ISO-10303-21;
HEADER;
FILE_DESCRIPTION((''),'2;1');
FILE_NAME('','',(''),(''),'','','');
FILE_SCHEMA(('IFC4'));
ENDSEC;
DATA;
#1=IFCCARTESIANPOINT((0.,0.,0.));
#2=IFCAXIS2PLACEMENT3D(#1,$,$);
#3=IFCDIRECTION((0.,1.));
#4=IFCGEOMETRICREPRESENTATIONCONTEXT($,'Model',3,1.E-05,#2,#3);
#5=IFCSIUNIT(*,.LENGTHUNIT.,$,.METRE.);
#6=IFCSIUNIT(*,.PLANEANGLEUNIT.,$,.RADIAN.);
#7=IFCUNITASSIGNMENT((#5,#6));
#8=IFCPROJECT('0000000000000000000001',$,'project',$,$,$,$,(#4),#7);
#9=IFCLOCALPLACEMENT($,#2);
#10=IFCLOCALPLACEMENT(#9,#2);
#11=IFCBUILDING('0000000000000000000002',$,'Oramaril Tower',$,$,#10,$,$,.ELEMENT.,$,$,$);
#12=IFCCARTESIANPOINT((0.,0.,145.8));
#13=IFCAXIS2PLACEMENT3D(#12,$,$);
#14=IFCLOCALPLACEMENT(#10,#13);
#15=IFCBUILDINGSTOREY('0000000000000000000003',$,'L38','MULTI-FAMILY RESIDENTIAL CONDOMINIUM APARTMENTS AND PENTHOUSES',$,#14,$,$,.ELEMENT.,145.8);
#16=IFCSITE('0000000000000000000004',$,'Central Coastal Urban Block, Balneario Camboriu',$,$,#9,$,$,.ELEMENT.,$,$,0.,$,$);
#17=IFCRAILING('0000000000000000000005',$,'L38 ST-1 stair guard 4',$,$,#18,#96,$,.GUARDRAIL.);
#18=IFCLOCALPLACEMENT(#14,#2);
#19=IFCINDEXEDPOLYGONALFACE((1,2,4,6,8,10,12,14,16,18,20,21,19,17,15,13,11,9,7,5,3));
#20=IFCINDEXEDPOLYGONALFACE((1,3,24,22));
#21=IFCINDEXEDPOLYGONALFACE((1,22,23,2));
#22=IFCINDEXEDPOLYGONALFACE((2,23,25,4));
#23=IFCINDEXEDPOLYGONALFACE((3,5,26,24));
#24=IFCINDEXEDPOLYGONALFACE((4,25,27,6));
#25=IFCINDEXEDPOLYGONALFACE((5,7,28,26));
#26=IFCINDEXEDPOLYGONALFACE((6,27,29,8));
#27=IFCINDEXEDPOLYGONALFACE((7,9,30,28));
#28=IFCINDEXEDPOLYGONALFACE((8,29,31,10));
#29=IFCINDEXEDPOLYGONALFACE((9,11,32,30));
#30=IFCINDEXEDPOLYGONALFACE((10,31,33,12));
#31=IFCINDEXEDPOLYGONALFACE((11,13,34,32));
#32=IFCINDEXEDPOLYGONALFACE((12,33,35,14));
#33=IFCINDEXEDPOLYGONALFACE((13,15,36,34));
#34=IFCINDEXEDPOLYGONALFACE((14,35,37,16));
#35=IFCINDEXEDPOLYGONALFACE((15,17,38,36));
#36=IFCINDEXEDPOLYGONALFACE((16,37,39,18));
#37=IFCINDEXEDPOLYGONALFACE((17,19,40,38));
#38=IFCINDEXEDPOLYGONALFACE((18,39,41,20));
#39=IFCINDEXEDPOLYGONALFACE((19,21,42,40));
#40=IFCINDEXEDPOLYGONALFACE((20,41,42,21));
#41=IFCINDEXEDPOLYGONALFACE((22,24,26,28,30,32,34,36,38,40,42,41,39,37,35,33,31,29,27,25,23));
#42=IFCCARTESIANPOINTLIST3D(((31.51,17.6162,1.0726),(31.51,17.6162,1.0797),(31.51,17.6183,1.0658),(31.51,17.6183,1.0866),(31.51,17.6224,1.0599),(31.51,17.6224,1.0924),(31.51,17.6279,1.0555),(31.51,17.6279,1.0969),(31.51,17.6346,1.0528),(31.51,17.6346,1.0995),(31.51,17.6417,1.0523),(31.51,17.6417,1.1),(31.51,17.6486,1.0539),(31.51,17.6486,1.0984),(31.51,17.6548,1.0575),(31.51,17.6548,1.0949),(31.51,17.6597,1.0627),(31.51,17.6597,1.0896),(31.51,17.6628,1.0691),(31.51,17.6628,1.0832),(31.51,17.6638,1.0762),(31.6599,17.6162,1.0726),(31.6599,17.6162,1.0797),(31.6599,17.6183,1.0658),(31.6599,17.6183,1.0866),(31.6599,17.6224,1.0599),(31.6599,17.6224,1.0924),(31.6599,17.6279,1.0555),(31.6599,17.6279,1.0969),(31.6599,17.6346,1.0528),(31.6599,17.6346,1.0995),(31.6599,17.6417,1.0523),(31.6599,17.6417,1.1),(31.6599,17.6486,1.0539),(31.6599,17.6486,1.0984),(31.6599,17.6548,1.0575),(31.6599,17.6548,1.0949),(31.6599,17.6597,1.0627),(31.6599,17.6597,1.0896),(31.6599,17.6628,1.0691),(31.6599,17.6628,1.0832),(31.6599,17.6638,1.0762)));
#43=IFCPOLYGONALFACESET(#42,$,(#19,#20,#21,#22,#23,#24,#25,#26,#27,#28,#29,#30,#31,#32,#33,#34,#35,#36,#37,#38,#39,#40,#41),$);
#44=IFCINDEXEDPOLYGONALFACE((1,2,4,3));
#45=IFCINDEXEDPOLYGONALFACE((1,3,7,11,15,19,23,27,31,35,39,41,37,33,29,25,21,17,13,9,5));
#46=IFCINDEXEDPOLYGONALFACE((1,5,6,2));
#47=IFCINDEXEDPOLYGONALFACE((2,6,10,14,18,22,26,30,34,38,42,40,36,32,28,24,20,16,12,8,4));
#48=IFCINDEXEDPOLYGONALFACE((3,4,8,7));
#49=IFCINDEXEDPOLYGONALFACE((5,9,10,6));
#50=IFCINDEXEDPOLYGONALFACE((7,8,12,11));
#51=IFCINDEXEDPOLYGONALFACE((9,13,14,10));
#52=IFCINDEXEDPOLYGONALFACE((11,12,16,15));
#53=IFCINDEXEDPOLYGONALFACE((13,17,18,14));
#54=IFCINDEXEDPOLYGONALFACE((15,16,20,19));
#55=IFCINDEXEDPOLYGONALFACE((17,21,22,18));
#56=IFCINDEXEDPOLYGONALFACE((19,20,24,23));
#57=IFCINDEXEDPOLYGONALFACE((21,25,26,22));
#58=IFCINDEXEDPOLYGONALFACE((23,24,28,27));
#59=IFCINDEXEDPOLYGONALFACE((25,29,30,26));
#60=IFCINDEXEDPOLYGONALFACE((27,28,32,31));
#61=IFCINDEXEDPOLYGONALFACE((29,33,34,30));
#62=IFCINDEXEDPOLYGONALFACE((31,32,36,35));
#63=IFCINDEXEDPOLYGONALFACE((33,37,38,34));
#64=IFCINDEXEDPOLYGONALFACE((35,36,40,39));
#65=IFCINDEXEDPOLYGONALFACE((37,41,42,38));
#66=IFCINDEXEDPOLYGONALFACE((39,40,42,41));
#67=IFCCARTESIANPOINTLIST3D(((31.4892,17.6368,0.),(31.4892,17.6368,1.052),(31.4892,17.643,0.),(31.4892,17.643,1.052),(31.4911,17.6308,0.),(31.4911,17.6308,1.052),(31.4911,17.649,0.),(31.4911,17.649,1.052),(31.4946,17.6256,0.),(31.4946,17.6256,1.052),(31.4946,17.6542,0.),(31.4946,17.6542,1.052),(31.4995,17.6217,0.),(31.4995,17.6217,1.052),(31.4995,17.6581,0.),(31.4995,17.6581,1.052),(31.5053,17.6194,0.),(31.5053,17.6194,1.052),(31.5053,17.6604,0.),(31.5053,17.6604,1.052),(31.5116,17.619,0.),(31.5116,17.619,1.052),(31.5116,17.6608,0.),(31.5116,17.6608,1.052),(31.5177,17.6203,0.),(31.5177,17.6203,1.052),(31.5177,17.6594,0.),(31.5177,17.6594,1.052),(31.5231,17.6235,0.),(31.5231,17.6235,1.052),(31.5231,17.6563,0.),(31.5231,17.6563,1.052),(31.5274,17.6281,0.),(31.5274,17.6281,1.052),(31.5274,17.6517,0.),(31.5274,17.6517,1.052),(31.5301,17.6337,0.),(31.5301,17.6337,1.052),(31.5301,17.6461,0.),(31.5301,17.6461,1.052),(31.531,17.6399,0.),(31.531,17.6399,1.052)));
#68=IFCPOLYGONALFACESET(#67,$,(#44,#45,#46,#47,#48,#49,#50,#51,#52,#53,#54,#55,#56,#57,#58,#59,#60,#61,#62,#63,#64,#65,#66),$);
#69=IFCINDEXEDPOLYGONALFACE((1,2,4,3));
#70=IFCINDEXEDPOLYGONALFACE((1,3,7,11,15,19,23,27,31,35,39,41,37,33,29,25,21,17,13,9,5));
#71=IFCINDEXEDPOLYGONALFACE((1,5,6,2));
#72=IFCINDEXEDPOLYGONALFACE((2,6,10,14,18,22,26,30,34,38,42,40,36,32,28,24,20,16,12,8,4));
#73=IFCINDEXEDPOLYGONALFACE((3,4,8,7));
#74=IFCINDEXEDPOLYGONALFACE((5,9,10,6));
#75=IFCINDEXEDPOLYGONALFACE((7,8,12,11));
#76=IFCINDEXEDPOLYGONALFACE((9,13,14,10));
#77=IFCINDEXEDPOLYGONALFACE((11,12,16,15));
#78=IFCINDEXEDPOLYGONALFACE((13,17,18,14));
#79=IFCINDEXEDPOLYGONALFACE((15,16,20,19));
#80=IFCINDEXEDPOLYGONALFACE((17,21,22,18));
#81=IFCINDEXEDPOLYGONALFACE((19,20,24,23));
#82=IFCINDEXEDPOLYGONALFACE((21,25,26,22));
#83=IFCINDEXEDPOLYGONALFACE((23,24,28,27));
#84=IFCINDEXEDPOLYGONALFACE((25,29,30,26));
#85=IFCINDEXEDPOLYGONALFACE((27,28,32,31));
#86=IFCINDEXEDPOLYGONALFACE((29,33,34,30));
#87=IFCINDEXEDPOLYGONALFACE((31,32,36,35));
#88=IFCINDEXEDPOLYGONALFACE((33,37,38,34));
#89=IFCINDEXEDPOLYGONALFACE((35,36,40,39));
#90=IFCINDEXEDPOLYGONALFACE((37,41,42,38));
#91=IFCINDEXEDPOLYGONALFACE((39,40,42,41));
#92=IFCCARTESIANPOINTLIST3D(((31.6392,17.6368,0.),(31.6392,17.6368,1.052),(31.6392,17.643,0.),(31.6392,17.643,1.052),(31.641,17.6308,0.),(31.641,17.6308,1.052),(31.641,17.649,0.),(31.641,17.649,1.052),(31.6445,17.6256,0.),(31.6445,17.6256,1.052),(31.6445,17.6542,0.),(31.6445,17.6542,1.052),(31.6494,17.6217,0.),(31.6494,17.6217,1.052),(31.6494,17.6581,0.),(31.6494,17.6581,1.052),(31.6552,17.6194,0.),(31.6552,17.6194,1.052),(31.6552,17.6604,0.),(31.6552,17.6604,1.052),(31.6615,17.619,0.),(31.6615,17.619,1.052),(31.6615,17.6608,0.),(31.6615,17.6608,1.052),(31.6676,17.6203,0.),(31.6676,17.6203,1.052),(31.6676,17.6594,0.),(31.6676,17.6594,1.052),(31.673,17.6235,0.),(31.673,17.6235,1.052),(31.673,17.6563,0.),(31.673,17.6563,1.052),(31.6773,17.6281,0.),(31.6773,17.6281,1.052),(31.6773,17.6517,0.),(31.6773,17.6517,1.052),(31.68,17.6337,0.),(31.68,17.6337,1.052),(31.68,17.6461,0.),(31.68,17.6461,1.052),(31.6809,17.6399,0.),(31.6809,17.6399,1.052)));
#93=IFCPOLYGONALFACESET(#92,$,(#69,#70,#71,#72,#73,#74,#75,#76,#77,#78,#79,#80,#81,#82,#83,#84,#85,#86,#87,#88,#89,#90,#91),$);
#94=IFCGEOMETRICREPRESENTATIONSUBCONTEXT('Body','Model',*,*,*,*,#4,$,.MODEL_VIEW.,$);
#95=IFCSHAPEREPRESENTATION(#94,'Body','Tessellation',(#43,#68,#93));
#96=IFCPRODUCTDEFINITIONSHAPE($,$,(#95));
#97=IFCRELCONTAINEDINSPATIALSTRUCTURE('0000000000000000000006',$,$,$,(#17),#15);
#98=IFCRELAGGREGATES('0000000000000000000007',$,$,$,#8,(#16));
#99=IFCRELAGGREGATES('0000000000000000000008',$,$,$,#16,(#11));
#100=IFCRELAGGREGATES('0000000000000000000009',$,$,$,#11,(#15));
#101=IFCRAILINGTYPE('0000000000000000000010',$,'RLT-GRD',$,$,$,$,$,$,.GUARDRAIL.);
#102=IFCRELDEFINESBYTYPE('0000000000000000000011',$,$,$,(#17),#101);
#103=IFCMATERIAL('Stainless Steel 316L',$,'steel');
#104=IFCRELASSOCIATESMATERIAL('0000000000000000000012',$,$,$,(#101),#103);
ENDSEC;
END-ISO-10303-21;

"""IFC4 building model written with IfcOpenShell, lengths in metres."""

from ifc_helpers import new_model, si_unit, direction, frame, origin, origin_2d, place, context, subcontext, project, spatial, circle, extrude, material, type_object, element, save


model = new_model("IFC4")

# Units and contexts
model_context = context("Model", 3, precision=1e-05, world=origin(), true_north=direction((0.0, 1.0)))
body_context = subcontext(model_context, "Body", "Model", "MODEL_VIEW")
ifc_project = project(units=[si_unit("LENGTHUNIT", "METRE"), si_unit("PLANEANGLEUNIT", "RADIAN")], contexts=[model_context])

# Site, building, storey
site_placement = place(None, origin())
site = spatial("IfcSite", under=ifc_project, at=site_placement, Name="Central Coastal Urban Block, Balneario Camboriu", CompositionType="ELEMENT", RefElevation=0.0)
building_placement = place(site_placement, origin())
building = spatial("IfcBuilding", under=site, at=building_placement, Name="Oramaril Tower", CompositionType="ELEMENT")
storey_placement = place(building_placement, frame((0.0, 0.0, 145.8)))
storey = spatial("IfcBuildingStorey", under=building, at=storey_placement, Name="L38", Description="MULTI-FAMILY RESIDENTIAL CONDOMINIUM APARTMENTS AND PENTHOUSES", CompositionType="ELEMENT", Elevation=145.8)

# Railing
ifc_material_1 = material(Name="Stainless Steel 316L", Category="steel")
railing_type_1 = type_object("IfcRailingType", Name="RLT-GRD", PredefinedType="GUARDRAIL", material=ifc_material_1)
railing_1_placement = place(storey_placement, frame((31.51, 17.6399, 0.0)))
element("IfcRailing", 1, at=railing_1_placement, inside=storey, type_object=railing_type_1, Name="L38 ST-1 stair guard 4", PredefinedType="GUARDRAIL", context=body_context, shape_type="SweptSolid", body=[
    extrude(circle(Radius=0.0239, at=origin_2d()), frame((0.0, 0.0, 1.0762), z_axis=(1.0, 0.0, 0.0), x_axis=(0.0, 1.0, 0.0)), (0.0, 0.0, 1.0), 0.1499),
    extrude(circle(Radius=0.021, at=origin_2d()), origin(), (0.0, 0.0, 1.0), 1.052),
    extrude(circle(Radius=0.021, at=origin_2d()), frame((0.1499, 0.0, 0.0)), (0.0, 0.0, 1.0), 1.052),
])

save(model, "model.ifc")
